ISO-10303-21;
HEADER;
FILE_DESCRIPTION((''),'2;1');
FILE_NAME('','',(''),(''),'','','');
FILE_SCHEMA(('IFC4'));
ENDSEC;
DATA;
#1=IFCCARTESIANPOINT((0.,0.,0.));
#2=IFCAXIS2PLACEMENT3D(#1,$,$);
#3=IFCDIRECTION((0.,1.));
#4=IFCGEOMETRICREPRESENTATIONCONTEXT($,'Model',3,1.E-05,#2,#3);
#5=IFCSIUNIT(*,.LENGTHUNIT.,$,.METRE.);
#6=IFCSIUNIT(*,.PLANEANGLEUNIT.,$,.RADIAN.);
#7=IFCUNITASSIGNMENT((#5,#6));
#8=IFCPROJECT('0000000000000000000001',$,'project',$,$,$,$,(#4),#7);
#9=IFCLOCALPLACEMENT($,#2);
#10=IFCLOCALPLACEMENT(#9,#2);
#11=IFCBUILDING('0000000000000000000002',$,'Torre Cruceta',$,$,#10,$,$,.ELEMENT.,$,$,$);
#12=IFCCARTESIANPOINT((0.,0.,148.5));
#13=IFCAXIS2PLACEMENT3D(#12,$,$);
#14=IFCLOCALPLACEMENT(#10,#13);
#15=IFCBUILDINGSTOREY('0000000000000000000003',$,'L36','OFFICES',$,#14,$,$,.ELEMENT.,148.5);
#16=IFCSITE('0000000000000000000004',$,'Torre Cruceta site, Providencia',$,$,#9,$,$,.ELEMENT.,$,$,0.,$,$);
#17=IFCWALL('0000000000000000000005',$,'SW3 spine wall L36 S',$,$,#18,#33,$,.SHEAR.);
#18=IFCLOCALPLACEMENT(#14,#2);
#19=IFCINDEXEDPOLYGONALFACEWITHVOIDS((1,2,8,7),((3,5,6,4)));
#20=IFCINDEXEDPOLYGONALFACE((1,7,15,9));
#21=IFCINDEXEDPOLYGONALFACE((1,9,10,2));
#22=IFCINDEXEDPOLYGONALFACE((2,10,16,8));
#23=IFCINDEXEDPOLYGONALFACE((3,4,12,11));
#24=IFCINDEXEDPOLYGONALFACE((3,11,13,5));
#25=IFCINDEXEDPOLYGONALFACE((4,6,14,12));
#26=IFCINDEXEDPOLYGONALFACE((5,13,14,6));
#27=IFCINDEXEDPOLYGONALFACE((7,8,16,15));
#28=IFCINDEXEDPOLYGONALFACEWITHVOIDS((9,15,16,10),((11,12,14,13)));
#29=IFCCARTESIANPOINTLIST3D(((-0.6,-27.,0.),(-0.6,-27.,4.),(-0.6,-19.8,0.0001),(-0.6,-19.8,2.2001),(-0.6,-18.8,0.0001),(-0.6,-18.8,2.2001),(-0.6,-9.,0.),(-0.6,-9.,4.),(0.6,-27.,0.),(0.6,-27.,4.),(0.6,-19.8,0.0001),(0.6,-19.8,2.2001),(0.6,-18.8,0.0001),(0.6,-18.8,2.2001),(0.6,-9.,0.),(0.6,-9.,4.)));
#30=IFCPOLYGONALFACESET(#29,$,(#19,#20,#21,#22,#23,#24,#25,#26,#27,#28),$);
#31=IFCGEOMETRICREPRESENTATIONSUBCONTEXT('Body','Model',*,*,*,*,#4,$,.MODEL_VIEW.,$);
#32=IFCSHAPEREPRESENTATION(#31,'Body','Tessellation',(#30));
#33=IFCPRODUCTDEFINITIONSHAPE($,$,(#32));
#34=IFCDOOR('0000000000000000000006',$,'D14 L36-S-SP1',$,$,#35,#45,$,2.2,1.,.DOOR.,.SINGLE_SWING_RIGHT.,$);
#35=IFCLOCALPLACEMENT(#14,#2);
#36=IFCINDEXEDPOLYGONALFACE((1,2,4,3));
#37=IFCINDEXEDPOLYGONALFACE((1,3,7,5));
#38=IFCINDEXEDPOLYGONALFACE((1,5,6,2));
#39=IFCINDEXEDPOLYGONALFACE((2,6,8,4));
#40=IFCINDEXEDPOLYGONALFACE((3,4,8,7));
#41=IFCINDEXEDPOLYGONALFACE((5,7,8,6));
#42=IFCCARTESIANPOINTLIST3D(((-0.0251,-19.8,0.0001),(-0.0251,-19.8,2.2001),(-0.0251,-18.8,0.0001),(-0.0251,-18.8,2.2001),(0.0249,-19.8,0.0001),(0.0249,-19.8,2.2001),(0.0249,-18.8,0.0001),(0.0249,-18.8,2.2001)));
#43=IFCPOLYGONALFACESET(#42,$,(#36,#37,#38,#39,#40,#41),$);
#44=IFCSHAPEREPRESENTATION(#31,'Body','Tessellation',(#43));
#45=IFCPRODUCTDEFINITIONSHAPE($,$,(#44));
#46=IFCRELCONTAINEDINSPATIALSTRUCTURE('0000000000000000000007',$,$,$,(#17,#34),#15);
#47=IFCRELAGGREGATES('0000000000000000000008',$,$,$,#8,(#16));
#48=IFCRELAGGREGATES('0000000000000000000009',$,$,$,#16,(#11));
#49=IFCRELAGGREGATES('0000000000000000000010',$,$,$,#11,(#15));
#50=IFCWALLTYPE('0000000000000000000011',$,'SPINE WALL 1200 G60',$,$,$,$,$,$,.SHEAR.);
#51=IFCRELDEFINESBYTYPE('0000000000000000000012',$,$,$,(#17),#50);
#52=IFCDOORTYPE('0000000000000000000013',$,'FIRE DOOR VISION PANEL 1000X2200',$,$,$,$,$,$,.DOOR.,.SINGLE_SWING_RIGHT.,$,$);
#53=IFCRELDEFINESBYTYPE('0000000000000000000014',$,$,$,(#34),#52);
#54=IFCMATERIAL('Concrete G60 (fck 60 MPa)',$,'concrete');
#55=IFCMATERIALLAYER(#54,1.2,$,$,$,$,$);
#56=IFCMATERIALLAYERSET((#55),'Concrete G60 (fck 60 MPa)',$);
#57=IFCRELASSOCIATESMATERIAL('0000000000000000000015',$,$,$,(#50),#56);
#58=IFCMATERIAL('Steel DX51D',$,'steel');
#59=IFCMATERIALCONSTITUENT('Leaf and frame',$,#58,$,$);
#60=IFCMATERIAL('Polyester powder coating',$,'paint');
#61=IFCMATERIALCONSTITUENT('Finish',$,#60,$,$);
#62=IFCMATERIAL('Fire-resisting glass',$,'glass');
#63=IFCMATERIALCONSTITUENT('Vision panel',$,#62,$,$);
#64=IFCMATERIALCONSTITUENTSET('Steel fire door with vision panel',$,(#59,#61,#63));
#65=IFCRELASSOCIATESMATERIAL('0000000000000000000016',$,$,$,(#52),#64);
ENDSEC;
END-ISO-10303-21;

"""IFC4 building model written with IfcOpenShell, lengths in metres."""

from ifc_helpers import new_model, si_unit, direction, frame, frame_2d, origin, place, context, subcontext, project, spatial, rectangle, extrude, material, layer, layer_set, constituent, constituent_set, type_object, element, fill, save


model = new_model("IFC4")

# Units and contexts
model_context = context("Model", 3, precision=1e-05, world=origin(), true_north=direction((0.0, 1.0)))
body_context = subcontext(model_context, "Body", "Model", "MODEL_VIEW")
ifc_project = project(units=[si_unit("LENGTHUNIT", "METRE"), si_unit("PLANEANGLEUNIT", "RADIAN")], contexts=[model_context])

# Site, building, storey
site_placement = place(None, origin())
site = spatial("IfcSite", under=ifc_project, at=site_placement, Name="Torre Cruceta site, Providencia", CompositionType="ELEMENT", RefElevation=0.0)
building_placement = place(site_placement, origin())
building = spatial("IfcBuilding", under=site, at=building_placement, Name="Torre Cruceta", CompositionType="ELEMENT")
storey_placement = place(building_placement, frame((0.0, 0.0, 148.5)))
storey = spatial("IfcBuildingStorey", under=building, at=storey_placement, Name="L36", Description="OFFICES", CompositionType="ELEMENT", Elevation=148.5)

# Wall, opening, door
ifc_material_1 = material(Name="Concrete G60 (fck 60 MPa)", Category="concrete")
ifc_layer_1 = layer(ifc_material_1, 1.2)
ifc_layer_set_1 = layer_set([ifc_layer_1], Name="Concrete G60 (fck 60 MPa)")
wall_type_1 = type_object("IfcWallType", Name="SPINE WALL 1200 G60", PredefinedType="SHEAR", material=ifc_layer_set_1)
wall_1_placement = place(storey_placement, frame((0.0, -9.0, 0.0), z_axis=(0.0, 0.0, 1.0), x_axis=(0.0, -1.0, 0.0)))
wall_1 = element("IfcWall", 1, at=wall_1_placement, inside=storey, type_object=wall_type_1, Name="SW3 spine wall L36 S", PredefinedType="SHEAR", context=body_context, shape_type="SweptSolid", body=[
    extrude(rectangle(XDim=18.0, YDim=1.2, at=frame_2d((9.0, 0.0))), origin(), (0.0, 0.0, 1.0), 4.0),
])
opening_1_placement = place(wall_1_placement, frame((9.8, 0.0, 0.0)))
opening_1 = element("IfcOpeningElement", 2, at=opening_1_placement, cuts=wall_1, PredefinedType="OPENING", context=body_context, shape_type="SweptSolid", body=[
    extrude(rectangle(XDim=1.0, YDim=2.2, at=frame_2d((0.5, 1.1001))), frame((0.0, 0.6099, 0.0), z_axis=(0.0, -1.0, 0.0), x_axis=(1.0, 0.0, 0.0)), (0.0, 0.0, 1.0), 1.22),
])
ifc_material_2 = material(Name="Steel DX51D", Category="steel")
ifc_constituent_1 = constituent(ifc_material_2, Name="Leaf and frame")
ifc_material_3 = material(Name="Polyester powder coating", Category="paint")
ifc_constituent_2 = constituent(ifc_material_3, Name="Finish")
ifc_material_4 = material(Name="Fire-resisting glass", Category="glass")
ifc_constituent_3 = constituent(ifc_material_4, Name="Vision panel")
ifc_constituent_set_1 = constituent_set(constituents=[ifc_constituent_1, ifc_constituent_2, ifc_constituent_3], Name="Steel fire door with vision panel")
door_type_1 = type_object("IfcDoorType", Name="FIRE DOOR VISION PANEL 1000X2200", OperationType="SINGLE_SWING_RIGHT", PredefinedType="DOOR", material=ifc_constituent_set_1)
door_1_placement = place(opening_1_placement, origin())
door_1 = element("IfcDoor", 3, at=door_1_placement, inside=storey, type_object=door_type_1, Name="D14 L36-S-SP1", OperationType="SINGLE_SWING_RIGHT", OverallHeight=2.2, OverallWidth=1.0, PredefinedType="DOOR", context=body_context, shape_type="SweptSolid", body=[
    extrude(rectangle(XDim=1.0, YDim=2.2, at=frame_2d((0.5, 1.1001))), frame((0.0, 0.0249, 0.0), z_axis=(0.0, -1.0, 0.0), x_axis=(1.0, 0.0, 0.0)), (0.0, 0.0, 1.0), 0.05),
])
fill(opening_1, door_1)

save(model, "model.ifc")
